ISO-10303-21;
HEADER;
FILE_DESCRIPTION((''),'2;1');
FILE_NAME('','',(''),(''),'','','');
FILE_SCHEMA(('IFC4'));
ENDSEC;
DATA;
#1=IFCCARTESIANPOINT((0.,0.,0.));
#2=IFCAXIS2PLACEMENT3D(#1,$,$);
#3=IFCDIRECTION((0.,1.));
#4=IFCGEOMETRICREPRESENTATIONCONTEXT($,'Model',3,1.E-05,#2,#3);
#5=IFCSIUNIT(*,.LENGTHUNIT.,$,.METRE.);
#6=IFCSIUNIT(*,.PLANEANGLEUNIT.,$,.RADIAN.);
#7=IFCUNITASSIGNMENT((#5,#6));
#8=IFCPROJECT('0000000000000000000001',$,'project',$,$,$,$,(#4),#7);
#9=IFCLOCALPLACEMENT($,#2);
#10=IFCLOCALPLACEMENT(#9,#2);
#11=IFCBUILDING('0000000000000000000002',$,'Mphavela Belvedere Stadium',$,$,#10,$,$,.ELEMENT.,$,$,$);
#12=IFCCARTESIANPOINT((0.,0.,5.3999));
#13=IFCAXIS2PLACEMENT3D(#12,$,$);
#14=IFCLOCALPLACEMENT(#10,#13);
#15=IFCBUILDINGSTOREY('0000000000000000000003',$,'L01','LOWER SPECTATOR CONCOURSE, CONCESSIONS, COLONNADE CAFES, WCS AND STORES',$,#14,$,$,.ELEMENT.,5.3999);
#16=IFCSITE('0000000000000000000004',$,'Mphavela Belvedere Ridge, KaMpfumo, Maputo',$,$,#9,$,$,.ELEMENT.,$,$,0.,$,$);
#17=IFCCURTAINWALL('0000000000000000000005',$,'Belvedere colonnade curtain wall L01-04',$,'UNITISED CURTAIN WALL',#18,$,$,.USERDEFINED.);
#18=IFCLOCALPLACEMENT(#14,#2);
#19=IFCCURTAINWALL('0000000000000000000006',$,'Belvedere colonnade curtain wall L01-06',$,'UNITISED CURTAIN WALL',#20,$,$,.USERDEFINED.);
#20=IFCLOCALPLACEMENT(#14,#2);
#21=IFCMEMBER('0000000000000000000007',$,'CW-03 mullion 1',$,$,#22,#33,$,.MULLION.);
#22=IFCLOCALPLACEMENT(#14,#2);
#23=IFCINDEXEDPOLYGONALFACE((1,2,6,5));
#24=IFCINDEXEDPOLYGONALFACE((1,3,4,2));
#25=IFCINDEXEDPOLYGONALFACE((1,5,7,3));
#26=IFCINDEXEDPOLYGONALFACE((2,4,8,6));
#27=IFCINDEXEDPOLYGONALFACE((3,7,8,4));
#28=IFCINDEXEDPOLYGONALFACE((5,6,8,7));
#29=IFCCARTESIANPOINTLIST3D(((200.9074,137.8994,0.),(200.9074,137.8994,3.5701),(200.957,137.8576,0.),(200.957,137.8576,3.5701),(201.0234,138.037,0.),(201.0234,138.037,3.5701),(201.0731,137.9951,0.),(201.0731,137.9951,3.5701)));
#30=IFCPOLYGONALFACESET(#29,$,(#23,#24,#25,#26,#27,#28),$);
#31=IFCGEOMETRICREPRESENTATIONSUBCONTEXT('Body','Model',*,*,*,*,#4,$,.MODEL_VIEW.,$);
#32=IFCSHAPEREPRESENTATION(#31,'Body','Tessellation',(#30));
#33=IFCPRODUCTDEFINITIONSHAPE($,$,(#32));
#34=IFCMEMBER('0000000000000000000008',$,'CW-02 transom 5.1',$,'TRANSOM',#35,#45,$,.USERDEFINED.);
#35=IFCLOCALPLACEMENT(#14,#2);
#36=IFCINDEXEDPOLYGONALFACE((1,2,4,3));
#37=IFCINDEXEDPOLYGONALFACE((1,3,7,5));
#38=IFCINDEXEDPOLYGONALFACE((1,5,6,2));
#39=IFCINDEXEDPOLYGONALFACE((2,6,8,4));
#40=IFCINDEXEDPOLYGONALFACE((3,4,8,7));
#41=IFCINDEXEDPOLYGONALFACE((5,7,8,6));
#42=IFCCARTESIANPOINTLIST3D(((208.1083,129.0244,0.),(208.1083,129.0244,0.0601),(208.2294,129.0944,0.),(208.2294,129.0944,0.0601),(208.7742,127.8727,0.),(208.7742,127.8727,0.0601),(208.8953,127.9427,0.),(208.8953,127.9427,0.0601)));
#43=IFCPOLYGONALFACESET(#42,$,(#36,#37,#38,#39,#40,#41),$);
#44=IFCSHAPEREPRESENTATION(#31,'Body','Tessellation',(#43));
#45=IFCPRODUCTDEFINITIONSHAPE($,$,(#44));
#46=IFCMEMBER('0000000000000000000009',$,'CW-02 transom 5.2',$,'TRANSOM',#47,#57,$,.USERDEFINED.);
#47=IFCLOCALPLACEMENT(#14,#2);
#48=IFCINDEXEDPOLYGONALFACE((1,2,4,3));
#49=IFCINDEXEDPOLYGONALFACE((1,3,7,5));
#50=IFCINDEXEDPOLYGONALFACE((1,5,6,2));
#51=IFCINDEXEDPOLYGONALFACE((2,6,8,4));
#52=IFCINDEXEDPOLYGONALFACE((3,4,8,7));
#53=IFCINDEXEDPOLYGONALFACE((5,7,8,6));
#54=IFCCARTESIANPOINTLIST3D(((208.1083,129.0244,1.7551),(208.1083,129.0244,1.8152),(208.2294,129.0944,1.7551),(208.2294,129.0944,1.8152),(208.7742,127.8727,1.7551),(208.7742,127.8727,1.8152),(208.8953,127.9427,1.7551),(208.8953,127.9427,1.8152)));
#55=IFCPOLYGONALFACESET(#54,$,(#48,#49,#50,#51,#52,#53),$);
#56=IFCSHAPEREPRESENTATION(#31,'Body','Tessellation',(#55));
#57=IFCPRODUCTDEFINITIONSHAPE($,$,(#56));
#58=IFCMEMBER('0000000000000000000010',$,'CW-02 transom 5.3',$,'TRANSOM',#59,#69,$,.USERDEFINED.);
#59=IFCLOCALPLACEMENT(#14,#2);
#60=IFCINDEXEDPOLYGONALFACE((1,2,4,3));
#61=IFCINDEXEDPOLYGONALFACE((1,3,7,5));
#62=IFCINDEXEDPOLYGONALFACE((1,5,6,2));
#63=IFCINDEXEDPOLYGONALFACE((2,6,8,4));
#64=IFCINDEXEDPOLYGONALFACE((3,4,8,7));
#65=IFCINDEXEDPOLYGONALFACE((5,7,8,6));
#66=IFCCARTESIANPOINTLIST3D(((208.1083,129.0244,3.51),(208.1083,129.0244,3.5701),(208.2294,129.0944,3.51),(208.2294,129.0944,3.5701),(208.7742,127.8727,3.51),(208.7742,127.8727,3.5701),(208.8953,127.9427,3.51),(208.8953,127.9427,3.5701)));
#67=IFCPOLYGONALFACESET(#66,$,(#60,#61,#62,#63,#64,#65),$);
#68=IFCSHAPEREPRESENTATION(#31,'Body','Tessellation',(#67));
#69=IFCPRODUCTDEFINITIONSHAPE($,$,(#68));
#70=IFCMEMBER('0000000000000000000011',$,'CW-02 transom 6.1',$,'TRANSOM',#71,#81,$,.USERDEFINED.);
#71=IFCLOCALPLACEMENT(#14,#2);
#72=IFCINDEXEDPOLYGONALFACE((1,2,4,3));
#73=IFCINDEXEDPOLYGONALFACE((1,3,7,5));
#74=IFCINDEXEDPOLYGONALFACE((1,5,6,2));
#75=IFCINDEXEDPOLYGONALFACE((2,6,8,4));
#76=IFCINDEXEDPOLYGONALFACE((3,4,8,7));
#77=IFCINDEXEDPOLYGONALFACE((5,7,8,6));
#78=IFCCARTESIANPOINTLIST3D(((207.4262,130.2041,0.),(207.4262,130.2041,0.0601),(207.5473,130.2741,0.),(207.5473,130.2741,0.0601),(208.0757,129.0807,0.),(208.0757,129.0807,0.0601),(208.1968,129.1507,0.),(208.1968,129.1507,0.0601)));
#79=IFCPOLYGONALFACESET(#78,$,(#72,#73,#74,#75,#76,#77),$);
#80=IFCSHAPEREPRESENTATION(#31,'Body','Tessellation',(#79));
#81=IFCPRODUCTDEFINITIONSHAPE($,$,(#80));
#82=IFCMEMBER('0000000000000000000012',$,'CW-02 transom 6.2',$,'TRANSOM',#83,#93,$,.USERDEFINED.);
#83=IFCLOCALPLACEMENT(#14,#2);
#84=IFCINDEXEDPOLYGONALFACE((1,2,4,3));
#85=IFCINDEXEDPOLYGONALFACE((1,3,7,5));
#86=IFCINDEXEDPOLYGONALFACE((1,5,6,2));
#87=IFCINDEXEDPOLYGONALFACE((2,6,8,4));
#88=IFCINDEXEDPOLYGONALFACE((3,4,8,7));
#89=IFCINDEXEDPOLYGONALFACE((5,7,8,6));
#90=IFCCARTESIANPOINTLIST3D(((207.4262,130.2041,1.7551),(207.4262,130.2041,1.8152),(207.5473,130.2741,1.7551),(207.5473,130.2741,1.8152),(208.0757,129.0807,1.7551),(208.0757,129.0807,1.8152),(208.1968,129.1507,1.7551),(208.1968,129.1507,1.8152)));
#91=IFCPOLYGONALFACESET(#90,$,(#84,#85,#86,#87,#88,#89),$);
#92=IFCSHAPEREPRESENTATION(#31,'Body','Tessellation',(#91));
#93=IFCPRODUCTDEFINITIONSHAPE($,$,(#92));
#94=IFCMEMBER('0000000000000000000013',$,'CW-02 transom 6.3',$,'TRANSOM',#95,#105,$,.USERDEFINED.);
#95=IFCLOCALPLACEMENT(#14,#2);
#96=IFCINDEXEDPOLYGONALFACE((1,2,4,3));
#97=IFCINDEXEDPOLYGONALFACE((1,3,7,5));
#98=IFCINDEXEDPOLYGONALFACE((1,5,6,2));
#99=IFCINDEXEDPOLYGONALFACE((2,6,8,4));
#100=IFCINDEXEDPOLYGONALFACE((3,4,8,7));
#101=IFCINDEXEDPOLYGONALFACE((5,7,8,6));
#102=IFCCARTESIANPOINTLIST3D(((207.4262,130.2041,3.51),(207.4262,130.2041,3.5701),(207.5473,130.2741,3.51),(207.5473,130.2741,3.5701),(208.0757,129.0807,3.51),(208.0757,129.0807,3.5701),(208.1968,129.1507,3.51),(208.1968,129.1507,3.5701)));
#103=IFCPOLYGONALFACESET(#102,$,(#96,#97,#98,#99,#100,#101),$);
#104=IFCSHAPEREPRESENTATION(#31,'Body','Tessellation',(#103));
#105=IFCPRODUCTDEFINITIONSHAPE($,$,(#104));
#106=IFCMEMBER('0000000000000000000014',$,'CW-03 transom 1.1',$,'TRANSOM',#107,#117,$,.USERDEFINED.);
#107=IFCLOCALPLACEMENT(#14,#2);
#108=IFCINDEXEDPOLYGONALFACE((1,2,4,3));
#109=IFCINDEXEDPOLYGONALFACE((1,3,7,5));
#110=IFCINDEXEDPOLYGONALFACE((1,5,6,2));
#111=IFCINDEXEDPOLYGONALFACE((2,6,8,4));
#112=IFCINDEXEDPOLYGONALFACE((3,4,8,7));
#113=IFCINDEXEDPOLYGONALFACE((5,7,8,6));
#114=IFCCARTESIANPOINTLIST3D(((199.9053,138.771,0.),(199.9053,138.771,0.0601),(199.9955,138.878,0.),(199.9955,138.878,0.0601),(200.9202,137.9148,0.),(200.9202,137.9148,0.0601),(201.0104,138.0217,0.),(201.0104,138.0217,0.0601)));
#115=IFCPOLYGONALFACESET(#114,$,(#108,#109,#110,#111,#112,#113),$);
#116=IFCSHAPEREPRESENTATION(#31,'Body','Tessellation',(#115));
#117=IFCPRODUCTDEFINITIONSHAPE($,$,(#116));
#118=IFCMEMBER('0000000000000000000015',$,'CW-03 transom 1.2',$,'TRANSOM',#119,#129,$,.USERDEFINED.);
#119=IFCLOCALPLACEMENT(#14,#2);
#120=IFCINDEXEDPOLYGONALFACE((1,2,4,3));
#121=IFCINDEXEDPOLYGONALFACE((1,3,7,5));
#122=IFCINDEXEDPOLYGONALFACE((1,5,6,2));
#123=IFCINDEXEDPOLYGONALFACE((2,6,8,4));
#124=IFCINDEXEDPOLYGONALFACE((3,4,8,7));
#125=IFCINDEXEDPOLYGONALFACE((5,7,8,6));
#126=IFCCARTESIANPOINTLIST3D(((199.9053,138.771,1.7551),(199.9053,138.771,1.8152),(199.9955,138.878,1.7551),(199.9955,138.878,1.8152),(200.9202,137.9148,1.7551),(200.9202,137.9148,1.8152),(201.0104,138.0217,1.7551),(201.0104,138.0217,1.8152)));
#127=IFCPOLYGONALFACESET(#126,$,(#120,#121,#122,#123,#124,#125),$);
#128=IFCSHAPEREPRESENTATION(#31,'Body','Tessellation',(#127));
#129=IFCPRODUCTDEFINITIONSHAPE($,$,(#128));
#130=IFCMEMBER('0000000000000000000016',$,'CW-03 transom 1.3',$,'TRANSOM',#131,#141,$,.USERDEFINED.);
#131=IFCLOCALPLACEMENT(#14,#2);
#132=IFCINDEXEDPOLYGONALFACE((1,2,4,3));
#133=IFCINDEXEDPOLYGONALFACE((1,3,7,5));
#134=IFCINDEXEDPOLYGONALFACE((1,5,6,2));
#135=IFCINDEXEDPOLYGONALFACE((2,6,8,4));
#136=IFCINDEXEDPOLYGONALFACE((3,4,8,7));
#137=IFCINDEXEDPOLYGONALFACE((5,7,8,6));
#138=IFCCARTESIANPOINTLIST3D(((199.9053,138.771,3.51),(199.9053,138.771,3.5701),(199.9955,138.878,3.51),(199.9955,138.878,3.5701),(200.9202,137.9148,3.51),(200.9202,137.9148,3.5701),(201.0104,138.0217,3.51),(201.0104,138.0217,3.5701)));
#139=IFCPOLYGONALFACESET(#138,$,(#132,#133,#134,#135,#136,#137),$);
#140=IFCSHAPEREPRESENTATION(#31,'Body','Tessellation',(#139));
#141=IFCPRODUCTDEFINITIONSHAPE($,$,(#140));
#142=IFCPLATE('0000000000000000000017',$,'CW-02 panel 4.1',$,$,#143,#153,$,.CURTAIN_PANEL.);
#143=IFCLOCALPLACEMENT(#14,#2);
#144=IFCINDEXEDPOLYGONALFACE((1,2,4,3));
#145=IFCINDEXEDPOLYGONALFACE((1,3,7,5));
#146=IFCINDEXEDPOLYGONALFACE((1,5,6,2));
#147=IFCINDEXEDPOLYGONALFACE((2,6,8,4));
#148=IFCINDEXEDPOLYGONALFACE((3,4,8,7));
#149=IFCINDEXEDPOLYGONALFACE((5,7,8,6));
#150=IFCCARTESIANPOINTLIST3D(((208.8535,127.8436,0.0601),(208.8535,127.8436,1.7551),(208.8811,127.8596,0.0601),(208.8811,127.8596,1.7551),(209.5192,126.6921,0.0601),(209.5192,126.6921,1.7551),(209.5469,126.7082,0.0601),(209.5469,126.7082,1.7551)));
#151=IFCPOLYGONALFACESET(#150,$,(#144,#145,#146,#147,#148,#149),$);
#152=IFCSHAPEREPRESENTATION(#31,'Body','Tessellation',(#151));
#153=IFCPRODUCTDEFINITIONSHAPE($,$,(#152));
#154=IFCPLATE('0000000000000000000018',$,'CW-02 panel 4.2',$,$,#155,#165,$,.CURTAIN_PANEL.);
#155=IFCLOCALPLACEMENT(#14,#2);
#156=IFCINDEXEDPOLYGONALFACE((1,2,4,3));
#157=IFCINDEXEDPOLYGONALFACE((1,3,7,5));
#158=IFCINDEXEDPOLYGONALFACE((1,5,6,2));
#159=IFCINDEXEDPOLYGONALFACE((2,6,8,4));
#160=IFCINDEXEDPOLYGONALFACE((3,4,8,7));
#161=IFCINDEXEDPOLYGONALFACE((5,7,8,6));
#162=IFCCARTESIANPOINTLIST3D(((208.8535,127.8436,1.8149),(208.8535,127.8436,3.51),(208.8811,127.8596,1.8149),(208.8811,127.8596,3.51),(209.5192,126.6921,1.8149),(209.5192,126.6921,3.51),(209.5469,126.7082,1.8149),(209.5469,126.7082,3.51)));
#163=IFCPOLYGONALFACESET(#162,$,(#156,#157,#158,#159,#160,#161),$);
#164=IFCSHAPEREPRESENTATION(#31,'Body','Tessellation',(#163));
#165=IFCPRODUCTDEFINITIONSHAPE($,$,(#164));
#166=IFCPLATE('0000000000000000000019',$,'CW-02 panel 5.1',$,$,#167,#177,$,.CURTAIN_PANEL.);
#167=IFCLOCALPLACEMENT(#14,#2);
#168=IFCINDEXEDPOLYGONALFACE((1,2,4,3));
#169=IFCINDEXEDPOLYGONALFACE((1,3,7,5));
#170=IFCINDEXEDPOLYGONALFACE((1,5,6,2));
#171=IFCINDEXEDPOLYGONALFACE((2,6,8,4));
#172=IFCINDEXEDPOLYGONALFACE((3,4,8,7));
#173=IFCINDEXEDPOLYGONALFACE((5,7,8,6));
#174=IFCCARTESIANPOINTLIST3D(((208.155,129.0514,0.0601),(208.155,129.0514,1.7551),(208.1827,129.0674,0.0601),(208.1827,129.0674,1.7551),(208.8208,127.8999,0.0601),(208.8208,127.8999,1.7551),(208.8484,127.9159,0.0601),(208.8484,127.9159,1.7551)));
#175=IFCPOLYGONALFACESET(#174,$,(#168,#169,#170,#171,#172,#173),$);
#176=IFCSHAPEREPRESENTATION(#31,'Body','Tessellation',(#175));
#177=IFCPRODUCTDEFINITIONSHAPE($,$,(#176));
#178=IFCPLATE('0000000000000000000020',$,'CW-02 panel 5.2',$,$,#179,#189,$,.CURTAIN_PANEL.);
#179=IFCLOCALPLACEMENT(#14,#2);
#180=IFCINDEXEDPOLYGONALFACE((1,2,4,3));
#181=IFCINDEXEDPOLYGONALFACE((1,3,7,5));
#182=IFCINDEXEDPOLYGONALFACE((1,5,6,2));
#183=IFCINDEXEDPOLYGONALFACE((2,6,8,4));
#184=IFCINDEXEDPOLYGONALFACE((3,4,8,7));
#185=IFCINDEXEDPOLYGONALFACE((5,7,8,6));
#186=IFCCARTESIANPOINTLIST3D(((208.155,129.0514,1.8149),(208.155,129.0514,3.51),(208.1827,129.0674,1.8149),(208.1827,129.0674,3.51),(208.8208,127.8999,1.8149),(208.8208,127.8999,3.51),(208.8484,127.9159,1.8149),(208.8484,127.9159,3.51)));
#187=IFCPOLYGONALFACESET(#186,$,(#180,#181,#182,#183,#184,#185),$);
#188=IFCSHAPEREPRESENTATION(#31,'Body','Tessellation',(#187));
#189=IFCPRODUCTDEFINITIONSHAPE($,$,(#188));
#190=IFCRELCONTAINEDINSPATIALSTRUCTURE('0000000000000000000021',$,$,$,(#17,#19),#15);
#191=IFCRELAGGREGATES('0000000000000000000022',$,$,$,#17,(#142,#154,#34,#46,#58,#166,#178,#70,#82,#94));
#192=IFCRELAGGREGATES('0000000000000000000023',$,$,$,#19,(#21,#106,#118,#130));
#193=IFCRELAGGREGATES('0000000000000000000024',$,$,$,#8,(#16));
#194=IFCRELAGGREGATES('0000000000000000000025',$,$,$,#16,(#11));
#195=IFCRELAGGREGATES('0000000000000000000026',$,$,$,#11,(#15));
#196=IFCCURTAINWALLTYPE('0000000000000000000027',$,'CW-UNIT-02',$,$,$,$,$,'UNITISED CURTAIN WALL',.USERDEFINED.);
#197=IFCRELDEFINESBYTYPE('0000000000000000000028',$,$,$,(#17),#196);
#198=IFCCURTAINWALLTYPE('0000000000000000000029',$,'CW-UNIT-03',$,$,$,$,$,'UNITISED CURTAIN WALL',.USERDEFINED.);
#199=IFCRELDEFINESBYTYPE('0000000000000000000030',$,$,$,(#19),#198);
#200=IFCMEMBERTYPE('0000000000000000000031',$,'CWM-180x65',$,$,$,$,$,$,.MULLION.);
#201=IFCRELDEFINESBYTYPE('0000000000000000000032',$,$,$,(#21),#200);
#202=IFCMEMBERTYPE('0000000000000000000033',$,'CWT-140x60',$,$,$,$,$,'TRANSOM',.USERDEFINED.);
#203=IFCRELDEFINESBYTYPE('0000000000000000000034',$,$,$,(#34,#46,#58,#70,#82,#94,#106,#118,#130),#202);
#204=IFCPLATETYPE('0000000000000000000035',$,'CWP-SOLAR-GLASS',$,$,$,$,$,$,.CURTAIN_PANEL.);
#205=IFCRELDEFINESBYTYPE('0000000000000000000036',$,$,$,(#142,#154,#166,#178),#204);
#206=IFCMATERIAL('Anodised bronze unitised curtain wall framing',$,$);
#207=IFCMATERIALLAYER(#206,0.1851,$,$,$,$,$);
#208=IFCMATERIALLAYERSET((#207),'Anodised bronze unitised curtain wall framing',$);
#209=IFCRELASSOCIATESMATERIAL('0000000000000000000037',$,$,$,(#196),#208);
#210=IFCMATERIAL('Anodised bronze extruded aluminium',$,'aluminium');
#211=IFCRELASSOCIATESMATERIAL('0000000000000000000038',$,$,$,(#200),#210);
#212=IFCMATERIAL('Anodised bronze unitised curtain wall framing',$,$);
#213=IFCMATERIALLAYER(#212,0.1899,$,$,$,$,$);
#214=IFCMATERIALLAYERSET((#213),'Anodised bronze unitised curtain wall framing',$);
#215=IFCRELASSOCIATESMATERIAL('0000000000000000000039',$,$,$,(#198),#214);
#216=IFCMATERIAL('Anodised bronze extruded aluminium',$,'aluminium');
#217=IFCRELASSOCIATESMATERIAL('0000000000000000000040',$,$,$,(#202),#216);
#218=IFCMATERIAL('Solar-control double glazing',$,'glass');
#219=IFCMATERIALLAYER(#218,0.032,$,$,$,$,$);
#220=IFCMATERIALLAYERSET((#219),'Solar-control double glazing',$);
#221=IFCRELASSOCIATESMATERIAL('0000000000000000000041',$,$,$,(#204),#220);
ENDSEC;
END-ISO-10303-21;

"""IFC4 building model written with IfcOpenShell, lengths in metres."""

from ifc_helpers import new_model, si_unit, direction, frame, origin, origin_2d, place, context, subcontext, project, spatial, rectangle, extrude, material, layer, layer_set, material_profile, profile_set, type_object, element, aggregate, save


model = new_model("IFC4")

# Units and contexts
model_context = context("Model", 3, precision=1e-05, world=origin(), true_north=direction((0.0, 1.0)))
body_context = subcontext(model_context, "Body", "Model", "MODEL_VIEW")
ifc_project = project(units=[si_unit("LENGTHUNIT", "METRE"), si_unit("PLANEANGLEUNIT", "RADIAN")], contexts=[model_context])

# Site, building, storey
site_placement = place(None, origin())
site = spatial("IfcSite", under=ifc_project, at=site_placement, Name="Mphavela Belvedere Ridge, KaMpfumo, Maputo", CompositionType="ELEMENT", RefElevation=0.0)
building_placement = place(site_placement, origin())
building = spatial("IfcBuilding", under=site, at=building_placement, Name="Mphavela Belvedere Stadium", CompositionType="ELEMENT")
storey_placement = place(building_placement, frame((0.0, 0.0, 5.3999)))
storey = spatial("IfcBuildingStorey", under=building, at=storey_placement, Name="L01", Description="LOWER SPECTATOR CONCOURSE, CONCESSIONS, COLONNADE CAFES, WCS AND STORES", CompositionType="ELEMENT", Elevation=5.3999)

# Curtain wall
ifc_material_1 = material(Name="Anodised bronze unitised curtain wall framing")
ifc_layer_1 = layer(ifc_material_1, 0.1851)
ifc_layer_set_1 = layer_set([ifc_layer_1], Name="Anodised bronze unitised curtain wall framing")
curtain_wall_type_1 = type_object("IfcCurtainWallType", Name="CW-UNIT-02", ElementType="UNITISED CURTAIN WALL", PredefinedType="USERDEFINED", material=ifc_layer_set_1)
curtain_wall_1_placement = place(storey_placement, origin())
curtain_wall_1 = element("IfcCurtainWall", 1, at=curtain_wall_1_placement, inside=storey, type_object=curtain_wall_type_1, Name="Belvedere colonnade curtain wall L01-04", ObjectType="UNITISED CURTAIN WALL", PredefinedType="USERDEFINED")
ifc_material_2 = material(Name="Anodised bronze extruded aluminium", Category="aluminium")
ifc_material_profile_1 = material_profile(ifc_material_2, rectangle(XDim=0.1799, YDim=0.0649, at=origin_2d()), Name="CW-MUL 180x65")
ifc_profile_set_1 = profile_set([ifc_material_profile_1], Name="Anodised bronze extruded aluminium")
member_type_1 = type_object("IfcMemberType", Name="CWM-180x65", PredefinedType="MULLION", material=ifc_profile_set_1)

# Curtain wall, member
ifc_material_3 = material(Name="Anodised bronze unitised curtain wall framing")
ifc_layer_2 = layer(ifc_material_3, 0.1899)
ifc_layer_set_2 = layer_set([ifc_layer_2], Name="Anodised bronze unitised curtain wall framing")
curtain_wall_type_2 = type_object("IfcCurtainWallType", Name="CW-UNIT-03", ElementType="UNITISED CURTAIN WALL", PredefinedType="USERDEFINED", material=ifc_layer_set_2)
curtain_wall_2_placement = place(storey_placement, origin())
curtain_wall_2 = element("IfcCurtainWall", 2, at=curtain_wall_2_placement, inside=storey, type_object=curtain_wall_type_2, Name="Belvedere colonnade curtain wall L01-06", ObjectType="UNITISED CURTAIN WALL", PredefinedType="USERDEFINED")
member_1_placement = place(storey_placement, frame((200.9902, 137.9473, 0.0), z_axis=(0.0, 0.0, 1.0), x_axis=(-0.64491, -0.764259, 0.0)))
member_1 = element("IfcMember", 3, at=member_1_placement, type_object=member_type_1, Name="CW-03 mullion 1", PredefinedType="MULLION", context=body_context, shape_type="SweptSolid", body=[
    extrude(rectangle(XDim=0.1799, YDim=0.0649, at=origin_2d()), origin(), (0.0, 0.0, 1.0), 3.5701),
])

# Members
ifc_material_4 = material(Name="Anodised bronze extruded aluminium", Category="aluminium")
ifc_material_profile_2 = material_profile(ifc_material_4, rectangle(XDim=0.1399, YDim=0.0601, at=origin_2d()), Name="CW-TRN 140x60")
ifc_profile_set_2 = profile_set([ifc_material_profile_2], Name="Anodised bronze extruded aluminium")
member_type_2 = type_object("IfcMemberType", Name="CWT-140x60", ElementType="TRANSOM", PredefinedType="USERDEFINED", material=ifc_profile_set_2)
member_2_placement = place(storey_placement, frame((208.8347, 127.9077, 0.03), z_axis=(-0.500501, 0.865736, 0.0), x_axis=(-0.865736, -0.500501, 0.0)))
member_2 = element("IfcMember", 4, at=member_2_placement, type_object=member_type_2, Name="CW-02 transom 5.1", ObjectType="TRANSOM", PredefinedType="USERDEFINED", context=body_context, shape_type="SweptSolid", body=[
    extrude(rectangle(XDim=0.1399, YDim=0.0601, at=origin_2d()), origin(), (0.0, 0.0, 1.0), 1.3303),
])
member_3_placement = place(storey_placement, frame((208.8347, 127.9077, 1.7852), z_axis=(-0.500501, 0.865736, 0.0), x_axis=(-0.865736, -0.500501, 0.0)))
member_3 = element("IfcMember", 5, at=member_3_placement, type_object=member_type_2, Name="CW-02 transom 5.2", ObjectType="TRANSOM", PredefinedType="USERDEFINED", context=body_context, shape_type="SweptSolid", body=[
    extrude(rectangle(XDim=0.1399, YDim=0.0601, at=origin_2d()), origin(), (0.0, 0.0, 1.0), 1.3303),
])
member_4_placement = place(storey_placement, frame((208.8347, 127.9077, 3.54), z_axis=(-0.500501, 0.865736, 0.0), x_axis=(-0.865736, -0.500501, 0.0)))
member_4 = element("IfcMember", 6, at=member_4_placement, type_object=member_type_2, Name="CW-02 transom 5.3", ObjectType="TRANSOM", PredefinedType="USERDEFINED", context=body_context, shape_type="SweptSolid", body=[
    extrude(rectangle(XDim=0.1399, YDim=0.0601, at=origin_2d()), origin(), (0.0, 0.0, 1.0), 1.3303),
])
member_5_placement = place(storey_placement, frame((208.1362, 129.1157, 0.03), z_axis=(-0.50051, 0.865731, 0.0), x_axis=(-0.865731, -0.50051, 0.0)))
member_5 = element("IfcMember", 7, at=member_5_placement, type_object=member_type_2, Name="CW-02 transom 6.1", ObjectType="TRANSOM", PredefinedType="USERDEFINED", context=body_context, shape_type="SweptSolid", body=[
    extrude(rectangle(XDim=0.1399, YDim=0.0601, at=origin_2d()), origin(), (0.0, 0.0, 1.0), 1.2976),
])
member_6_placement = place(storey_placement, frame((208.1362, 129.1157, 1.7852), z_axis=(-0.50051, 0.865731, 0.0), x_axis=(-0.865731, -0.50051, 0.0)))
member_6 = element("IfcMember", 8, at=member_6_placement, type_object=member_type_2, Name="CW-02 transom 6.2", ObjectType="TRANSOM", PredefinedType="USERDEFINED", context=body_context, shape_type="SweptSolid", body=[
    extrude(rectangle(XDim=0.1399, YDim=0.0601, at=origin_2d()), origin(), (0.0, 0.0, 1.0), 1.2976),
])
member_7_placement = place(storey_placement, frame((208.1362, 129.1157, 3.54), z_axis=(-0.50051, 0.865731, 0.0), x_axis=(-0.865731, -0.50051, 0.0)))
member_7 = element("IfcMember", 9, at=member_7_placement, type_object=member_type_2, Name="CW-02 transom 6.3", ObjectType="TRANSOM", PredefinedType="USERDEFINED", context=body_context, shape_type="SweptSolid", body=[
    extrude(rectangle(XDim=0.1399, YDim=0.0601, at=origin_2d()), origin(), (0.0, 0.0, 1.0), 1.2976),
])
member_8_placement = place(storey_placement, frame((200.9653, 137.9683, 0.03), z_axis=(-0.764334, 0.644821, 0.0), x_axis=(-0.644821, -0.764334, 0.0)))
member_8 = element("IfcMember", 10, at=member_8_placement, type_object=member_type_2, Name="CW-03 transom 1.1", ObjectType="TRANSOM", PredefinedType="USERDEFINED", context=body_context, shape_type="SweptSolid", body=[
    extrude(rectangle(XDim=0.1399, YDim=0.0601, at=origin_2d()), origin(), (0.0, 0.0, 1.0), 1.3279),
])
member_9_placement = place(storey_placement, frame((200.9653, 137.9683, 1.7852), z_axis=(-0.764334, 0.644821, 0.0), x_axis=(-0.644821, -0.764334, 0.0)))
member_9 = element("IfcMember", 11, at=member_9_placement, type_object=member_type_2, Name="CW-03 transom 1.2", ObjectType="TRANSOM", PredefinedType="USERDEFINED", context=body_context, shape_type="SweptSolid", body=[
    extrude(rectangle(XDim=0.1399, YDim=0.0601, at=origin_2d()), origin(), (0.0, 0.0, 1.0), 1.3279),
])
member_10_placement = place(storey_placement, frame((200.9653, 137.9683, 3.54), z_axis=(-0.764334, 0.644821, 0.0), x_axis=(-0.644821, -0.764334, 0.0)))
member_10 = element("IfcMember", 12, at=member_10_placement, type_object=member_type_2, Name="CW-03 transom 1.3", ObjectType="TRANSOM", PredefinedType="USERDEFINED", context=body_context, shape_type="SweptSolid", body=[
    extrude(rectangle(XDim=0.1399, YDim=0.0601, at=origin_2d()), origin(), (0.0, 0.0, 1.0), 1.3279),
])

# Plates
ifc_material_5 = material(Name="Solar-control double glazing", Category="glass")
ifc_layer_3 = layer(ifc_material_5, 0.032)
ifc_layer_set_3 = layer_set([ifc_layer_3], Name="Solar-control double glazing")
plate_type = type_object("IfcPlateType", Name="CWP-SOLAR-GLASS", PredefinedType="CURTAIN_PANEL", material=ifc_layer_set_3)
plate_1_placement = place(storey_placement, frame((209.2002, 127.2759, 0.0601), z_axis=(0.0, 0.0, 1.0), x_axis=(-0.500561, 0.865702, 0.0)))
plate_1 = element("IfcPlate", 13, at=plate_1_placement, type_object=plate_type, Name="CW-02 panel 4.1", PredefinedType="CURTAIN_PANEL", context=body_context, shape_type="SweptSolid", body=[
    extrude(rectangle(XDim=1.3301, YDim=0.032, at=origin_2d()), origin(), (0.0, 0.0, 1.0), 1.6951),
])
plate_2_placement = place(storey_placement, frame((209.2002, 127.2759, 1.8149), z_axis=(0.0, 0.0, 1.0), x_axis=(-0.500561, 0.865702, 0.0)))
plate_2 = element("IfcPlate", 14, at=plate_2_placement, type_object=plate_type, Name="CW-02 panel 4.2", PredefinedType="CURTAIN_PANEL", context=body_context, shape_type="SweptSolid", body=[
    extrude(rectangle(XDim=1.3301, YDim=0.032, at=origin_2d()), origin(), (0.0, 0.0, 1.0), 1.6951),
])
plate_3_placement = place(storey_placement, frame((208.5017, 128.4836, 0.0601), z_axis=(0.0, 0.0, 1.0), x_axis=(-0.500561, 0.865702, 0.0)))
plate_3 = element("IfcPlate", 15, at=plate_3_placement, type_object=plate_type, Name="CW-02 panel 5.1", PredefinedType="CURTAIN_PANEL", context=body_context, shape_type="SweptSolid", body=[
    extrude(rectangle(XDim=1.3301, YDim=0.032, at=origin_2d()), origin(), (0.0, 0.0, 1.0), 1.6951),
])
plate_4_placement = place(storey_placement, frame((208.5017, 128.4836, 1.8149), z_axis=(0.0, 0.0, 1.0), x_axis=(-0.500561, 0.865702, 0.0)))
plate_4 = element("IfcPlate", 16, at=plate_4_placement, type_object=plate_type, Name="CW-02 panel 5.2", PredefinedType="CURTAIN_PANEL", context=body_context, shape_type="SweptSolid", body=[
    extrude(rectangle(XDim=1.3301, YDim=0.032, at=origin_2d()), origin(), (0.0, 0.0, 1.0), 1.6951),
])
aggregate(curtain_wall_1, [plate_1, plate_2, member_2, member_3, member_4, plate_3, plate_4, member_5, member_6, member_7])
aggregate(curtain_wall_2, [member_1, member_8, member_9, member_10])

save(model, "model.ifc")
